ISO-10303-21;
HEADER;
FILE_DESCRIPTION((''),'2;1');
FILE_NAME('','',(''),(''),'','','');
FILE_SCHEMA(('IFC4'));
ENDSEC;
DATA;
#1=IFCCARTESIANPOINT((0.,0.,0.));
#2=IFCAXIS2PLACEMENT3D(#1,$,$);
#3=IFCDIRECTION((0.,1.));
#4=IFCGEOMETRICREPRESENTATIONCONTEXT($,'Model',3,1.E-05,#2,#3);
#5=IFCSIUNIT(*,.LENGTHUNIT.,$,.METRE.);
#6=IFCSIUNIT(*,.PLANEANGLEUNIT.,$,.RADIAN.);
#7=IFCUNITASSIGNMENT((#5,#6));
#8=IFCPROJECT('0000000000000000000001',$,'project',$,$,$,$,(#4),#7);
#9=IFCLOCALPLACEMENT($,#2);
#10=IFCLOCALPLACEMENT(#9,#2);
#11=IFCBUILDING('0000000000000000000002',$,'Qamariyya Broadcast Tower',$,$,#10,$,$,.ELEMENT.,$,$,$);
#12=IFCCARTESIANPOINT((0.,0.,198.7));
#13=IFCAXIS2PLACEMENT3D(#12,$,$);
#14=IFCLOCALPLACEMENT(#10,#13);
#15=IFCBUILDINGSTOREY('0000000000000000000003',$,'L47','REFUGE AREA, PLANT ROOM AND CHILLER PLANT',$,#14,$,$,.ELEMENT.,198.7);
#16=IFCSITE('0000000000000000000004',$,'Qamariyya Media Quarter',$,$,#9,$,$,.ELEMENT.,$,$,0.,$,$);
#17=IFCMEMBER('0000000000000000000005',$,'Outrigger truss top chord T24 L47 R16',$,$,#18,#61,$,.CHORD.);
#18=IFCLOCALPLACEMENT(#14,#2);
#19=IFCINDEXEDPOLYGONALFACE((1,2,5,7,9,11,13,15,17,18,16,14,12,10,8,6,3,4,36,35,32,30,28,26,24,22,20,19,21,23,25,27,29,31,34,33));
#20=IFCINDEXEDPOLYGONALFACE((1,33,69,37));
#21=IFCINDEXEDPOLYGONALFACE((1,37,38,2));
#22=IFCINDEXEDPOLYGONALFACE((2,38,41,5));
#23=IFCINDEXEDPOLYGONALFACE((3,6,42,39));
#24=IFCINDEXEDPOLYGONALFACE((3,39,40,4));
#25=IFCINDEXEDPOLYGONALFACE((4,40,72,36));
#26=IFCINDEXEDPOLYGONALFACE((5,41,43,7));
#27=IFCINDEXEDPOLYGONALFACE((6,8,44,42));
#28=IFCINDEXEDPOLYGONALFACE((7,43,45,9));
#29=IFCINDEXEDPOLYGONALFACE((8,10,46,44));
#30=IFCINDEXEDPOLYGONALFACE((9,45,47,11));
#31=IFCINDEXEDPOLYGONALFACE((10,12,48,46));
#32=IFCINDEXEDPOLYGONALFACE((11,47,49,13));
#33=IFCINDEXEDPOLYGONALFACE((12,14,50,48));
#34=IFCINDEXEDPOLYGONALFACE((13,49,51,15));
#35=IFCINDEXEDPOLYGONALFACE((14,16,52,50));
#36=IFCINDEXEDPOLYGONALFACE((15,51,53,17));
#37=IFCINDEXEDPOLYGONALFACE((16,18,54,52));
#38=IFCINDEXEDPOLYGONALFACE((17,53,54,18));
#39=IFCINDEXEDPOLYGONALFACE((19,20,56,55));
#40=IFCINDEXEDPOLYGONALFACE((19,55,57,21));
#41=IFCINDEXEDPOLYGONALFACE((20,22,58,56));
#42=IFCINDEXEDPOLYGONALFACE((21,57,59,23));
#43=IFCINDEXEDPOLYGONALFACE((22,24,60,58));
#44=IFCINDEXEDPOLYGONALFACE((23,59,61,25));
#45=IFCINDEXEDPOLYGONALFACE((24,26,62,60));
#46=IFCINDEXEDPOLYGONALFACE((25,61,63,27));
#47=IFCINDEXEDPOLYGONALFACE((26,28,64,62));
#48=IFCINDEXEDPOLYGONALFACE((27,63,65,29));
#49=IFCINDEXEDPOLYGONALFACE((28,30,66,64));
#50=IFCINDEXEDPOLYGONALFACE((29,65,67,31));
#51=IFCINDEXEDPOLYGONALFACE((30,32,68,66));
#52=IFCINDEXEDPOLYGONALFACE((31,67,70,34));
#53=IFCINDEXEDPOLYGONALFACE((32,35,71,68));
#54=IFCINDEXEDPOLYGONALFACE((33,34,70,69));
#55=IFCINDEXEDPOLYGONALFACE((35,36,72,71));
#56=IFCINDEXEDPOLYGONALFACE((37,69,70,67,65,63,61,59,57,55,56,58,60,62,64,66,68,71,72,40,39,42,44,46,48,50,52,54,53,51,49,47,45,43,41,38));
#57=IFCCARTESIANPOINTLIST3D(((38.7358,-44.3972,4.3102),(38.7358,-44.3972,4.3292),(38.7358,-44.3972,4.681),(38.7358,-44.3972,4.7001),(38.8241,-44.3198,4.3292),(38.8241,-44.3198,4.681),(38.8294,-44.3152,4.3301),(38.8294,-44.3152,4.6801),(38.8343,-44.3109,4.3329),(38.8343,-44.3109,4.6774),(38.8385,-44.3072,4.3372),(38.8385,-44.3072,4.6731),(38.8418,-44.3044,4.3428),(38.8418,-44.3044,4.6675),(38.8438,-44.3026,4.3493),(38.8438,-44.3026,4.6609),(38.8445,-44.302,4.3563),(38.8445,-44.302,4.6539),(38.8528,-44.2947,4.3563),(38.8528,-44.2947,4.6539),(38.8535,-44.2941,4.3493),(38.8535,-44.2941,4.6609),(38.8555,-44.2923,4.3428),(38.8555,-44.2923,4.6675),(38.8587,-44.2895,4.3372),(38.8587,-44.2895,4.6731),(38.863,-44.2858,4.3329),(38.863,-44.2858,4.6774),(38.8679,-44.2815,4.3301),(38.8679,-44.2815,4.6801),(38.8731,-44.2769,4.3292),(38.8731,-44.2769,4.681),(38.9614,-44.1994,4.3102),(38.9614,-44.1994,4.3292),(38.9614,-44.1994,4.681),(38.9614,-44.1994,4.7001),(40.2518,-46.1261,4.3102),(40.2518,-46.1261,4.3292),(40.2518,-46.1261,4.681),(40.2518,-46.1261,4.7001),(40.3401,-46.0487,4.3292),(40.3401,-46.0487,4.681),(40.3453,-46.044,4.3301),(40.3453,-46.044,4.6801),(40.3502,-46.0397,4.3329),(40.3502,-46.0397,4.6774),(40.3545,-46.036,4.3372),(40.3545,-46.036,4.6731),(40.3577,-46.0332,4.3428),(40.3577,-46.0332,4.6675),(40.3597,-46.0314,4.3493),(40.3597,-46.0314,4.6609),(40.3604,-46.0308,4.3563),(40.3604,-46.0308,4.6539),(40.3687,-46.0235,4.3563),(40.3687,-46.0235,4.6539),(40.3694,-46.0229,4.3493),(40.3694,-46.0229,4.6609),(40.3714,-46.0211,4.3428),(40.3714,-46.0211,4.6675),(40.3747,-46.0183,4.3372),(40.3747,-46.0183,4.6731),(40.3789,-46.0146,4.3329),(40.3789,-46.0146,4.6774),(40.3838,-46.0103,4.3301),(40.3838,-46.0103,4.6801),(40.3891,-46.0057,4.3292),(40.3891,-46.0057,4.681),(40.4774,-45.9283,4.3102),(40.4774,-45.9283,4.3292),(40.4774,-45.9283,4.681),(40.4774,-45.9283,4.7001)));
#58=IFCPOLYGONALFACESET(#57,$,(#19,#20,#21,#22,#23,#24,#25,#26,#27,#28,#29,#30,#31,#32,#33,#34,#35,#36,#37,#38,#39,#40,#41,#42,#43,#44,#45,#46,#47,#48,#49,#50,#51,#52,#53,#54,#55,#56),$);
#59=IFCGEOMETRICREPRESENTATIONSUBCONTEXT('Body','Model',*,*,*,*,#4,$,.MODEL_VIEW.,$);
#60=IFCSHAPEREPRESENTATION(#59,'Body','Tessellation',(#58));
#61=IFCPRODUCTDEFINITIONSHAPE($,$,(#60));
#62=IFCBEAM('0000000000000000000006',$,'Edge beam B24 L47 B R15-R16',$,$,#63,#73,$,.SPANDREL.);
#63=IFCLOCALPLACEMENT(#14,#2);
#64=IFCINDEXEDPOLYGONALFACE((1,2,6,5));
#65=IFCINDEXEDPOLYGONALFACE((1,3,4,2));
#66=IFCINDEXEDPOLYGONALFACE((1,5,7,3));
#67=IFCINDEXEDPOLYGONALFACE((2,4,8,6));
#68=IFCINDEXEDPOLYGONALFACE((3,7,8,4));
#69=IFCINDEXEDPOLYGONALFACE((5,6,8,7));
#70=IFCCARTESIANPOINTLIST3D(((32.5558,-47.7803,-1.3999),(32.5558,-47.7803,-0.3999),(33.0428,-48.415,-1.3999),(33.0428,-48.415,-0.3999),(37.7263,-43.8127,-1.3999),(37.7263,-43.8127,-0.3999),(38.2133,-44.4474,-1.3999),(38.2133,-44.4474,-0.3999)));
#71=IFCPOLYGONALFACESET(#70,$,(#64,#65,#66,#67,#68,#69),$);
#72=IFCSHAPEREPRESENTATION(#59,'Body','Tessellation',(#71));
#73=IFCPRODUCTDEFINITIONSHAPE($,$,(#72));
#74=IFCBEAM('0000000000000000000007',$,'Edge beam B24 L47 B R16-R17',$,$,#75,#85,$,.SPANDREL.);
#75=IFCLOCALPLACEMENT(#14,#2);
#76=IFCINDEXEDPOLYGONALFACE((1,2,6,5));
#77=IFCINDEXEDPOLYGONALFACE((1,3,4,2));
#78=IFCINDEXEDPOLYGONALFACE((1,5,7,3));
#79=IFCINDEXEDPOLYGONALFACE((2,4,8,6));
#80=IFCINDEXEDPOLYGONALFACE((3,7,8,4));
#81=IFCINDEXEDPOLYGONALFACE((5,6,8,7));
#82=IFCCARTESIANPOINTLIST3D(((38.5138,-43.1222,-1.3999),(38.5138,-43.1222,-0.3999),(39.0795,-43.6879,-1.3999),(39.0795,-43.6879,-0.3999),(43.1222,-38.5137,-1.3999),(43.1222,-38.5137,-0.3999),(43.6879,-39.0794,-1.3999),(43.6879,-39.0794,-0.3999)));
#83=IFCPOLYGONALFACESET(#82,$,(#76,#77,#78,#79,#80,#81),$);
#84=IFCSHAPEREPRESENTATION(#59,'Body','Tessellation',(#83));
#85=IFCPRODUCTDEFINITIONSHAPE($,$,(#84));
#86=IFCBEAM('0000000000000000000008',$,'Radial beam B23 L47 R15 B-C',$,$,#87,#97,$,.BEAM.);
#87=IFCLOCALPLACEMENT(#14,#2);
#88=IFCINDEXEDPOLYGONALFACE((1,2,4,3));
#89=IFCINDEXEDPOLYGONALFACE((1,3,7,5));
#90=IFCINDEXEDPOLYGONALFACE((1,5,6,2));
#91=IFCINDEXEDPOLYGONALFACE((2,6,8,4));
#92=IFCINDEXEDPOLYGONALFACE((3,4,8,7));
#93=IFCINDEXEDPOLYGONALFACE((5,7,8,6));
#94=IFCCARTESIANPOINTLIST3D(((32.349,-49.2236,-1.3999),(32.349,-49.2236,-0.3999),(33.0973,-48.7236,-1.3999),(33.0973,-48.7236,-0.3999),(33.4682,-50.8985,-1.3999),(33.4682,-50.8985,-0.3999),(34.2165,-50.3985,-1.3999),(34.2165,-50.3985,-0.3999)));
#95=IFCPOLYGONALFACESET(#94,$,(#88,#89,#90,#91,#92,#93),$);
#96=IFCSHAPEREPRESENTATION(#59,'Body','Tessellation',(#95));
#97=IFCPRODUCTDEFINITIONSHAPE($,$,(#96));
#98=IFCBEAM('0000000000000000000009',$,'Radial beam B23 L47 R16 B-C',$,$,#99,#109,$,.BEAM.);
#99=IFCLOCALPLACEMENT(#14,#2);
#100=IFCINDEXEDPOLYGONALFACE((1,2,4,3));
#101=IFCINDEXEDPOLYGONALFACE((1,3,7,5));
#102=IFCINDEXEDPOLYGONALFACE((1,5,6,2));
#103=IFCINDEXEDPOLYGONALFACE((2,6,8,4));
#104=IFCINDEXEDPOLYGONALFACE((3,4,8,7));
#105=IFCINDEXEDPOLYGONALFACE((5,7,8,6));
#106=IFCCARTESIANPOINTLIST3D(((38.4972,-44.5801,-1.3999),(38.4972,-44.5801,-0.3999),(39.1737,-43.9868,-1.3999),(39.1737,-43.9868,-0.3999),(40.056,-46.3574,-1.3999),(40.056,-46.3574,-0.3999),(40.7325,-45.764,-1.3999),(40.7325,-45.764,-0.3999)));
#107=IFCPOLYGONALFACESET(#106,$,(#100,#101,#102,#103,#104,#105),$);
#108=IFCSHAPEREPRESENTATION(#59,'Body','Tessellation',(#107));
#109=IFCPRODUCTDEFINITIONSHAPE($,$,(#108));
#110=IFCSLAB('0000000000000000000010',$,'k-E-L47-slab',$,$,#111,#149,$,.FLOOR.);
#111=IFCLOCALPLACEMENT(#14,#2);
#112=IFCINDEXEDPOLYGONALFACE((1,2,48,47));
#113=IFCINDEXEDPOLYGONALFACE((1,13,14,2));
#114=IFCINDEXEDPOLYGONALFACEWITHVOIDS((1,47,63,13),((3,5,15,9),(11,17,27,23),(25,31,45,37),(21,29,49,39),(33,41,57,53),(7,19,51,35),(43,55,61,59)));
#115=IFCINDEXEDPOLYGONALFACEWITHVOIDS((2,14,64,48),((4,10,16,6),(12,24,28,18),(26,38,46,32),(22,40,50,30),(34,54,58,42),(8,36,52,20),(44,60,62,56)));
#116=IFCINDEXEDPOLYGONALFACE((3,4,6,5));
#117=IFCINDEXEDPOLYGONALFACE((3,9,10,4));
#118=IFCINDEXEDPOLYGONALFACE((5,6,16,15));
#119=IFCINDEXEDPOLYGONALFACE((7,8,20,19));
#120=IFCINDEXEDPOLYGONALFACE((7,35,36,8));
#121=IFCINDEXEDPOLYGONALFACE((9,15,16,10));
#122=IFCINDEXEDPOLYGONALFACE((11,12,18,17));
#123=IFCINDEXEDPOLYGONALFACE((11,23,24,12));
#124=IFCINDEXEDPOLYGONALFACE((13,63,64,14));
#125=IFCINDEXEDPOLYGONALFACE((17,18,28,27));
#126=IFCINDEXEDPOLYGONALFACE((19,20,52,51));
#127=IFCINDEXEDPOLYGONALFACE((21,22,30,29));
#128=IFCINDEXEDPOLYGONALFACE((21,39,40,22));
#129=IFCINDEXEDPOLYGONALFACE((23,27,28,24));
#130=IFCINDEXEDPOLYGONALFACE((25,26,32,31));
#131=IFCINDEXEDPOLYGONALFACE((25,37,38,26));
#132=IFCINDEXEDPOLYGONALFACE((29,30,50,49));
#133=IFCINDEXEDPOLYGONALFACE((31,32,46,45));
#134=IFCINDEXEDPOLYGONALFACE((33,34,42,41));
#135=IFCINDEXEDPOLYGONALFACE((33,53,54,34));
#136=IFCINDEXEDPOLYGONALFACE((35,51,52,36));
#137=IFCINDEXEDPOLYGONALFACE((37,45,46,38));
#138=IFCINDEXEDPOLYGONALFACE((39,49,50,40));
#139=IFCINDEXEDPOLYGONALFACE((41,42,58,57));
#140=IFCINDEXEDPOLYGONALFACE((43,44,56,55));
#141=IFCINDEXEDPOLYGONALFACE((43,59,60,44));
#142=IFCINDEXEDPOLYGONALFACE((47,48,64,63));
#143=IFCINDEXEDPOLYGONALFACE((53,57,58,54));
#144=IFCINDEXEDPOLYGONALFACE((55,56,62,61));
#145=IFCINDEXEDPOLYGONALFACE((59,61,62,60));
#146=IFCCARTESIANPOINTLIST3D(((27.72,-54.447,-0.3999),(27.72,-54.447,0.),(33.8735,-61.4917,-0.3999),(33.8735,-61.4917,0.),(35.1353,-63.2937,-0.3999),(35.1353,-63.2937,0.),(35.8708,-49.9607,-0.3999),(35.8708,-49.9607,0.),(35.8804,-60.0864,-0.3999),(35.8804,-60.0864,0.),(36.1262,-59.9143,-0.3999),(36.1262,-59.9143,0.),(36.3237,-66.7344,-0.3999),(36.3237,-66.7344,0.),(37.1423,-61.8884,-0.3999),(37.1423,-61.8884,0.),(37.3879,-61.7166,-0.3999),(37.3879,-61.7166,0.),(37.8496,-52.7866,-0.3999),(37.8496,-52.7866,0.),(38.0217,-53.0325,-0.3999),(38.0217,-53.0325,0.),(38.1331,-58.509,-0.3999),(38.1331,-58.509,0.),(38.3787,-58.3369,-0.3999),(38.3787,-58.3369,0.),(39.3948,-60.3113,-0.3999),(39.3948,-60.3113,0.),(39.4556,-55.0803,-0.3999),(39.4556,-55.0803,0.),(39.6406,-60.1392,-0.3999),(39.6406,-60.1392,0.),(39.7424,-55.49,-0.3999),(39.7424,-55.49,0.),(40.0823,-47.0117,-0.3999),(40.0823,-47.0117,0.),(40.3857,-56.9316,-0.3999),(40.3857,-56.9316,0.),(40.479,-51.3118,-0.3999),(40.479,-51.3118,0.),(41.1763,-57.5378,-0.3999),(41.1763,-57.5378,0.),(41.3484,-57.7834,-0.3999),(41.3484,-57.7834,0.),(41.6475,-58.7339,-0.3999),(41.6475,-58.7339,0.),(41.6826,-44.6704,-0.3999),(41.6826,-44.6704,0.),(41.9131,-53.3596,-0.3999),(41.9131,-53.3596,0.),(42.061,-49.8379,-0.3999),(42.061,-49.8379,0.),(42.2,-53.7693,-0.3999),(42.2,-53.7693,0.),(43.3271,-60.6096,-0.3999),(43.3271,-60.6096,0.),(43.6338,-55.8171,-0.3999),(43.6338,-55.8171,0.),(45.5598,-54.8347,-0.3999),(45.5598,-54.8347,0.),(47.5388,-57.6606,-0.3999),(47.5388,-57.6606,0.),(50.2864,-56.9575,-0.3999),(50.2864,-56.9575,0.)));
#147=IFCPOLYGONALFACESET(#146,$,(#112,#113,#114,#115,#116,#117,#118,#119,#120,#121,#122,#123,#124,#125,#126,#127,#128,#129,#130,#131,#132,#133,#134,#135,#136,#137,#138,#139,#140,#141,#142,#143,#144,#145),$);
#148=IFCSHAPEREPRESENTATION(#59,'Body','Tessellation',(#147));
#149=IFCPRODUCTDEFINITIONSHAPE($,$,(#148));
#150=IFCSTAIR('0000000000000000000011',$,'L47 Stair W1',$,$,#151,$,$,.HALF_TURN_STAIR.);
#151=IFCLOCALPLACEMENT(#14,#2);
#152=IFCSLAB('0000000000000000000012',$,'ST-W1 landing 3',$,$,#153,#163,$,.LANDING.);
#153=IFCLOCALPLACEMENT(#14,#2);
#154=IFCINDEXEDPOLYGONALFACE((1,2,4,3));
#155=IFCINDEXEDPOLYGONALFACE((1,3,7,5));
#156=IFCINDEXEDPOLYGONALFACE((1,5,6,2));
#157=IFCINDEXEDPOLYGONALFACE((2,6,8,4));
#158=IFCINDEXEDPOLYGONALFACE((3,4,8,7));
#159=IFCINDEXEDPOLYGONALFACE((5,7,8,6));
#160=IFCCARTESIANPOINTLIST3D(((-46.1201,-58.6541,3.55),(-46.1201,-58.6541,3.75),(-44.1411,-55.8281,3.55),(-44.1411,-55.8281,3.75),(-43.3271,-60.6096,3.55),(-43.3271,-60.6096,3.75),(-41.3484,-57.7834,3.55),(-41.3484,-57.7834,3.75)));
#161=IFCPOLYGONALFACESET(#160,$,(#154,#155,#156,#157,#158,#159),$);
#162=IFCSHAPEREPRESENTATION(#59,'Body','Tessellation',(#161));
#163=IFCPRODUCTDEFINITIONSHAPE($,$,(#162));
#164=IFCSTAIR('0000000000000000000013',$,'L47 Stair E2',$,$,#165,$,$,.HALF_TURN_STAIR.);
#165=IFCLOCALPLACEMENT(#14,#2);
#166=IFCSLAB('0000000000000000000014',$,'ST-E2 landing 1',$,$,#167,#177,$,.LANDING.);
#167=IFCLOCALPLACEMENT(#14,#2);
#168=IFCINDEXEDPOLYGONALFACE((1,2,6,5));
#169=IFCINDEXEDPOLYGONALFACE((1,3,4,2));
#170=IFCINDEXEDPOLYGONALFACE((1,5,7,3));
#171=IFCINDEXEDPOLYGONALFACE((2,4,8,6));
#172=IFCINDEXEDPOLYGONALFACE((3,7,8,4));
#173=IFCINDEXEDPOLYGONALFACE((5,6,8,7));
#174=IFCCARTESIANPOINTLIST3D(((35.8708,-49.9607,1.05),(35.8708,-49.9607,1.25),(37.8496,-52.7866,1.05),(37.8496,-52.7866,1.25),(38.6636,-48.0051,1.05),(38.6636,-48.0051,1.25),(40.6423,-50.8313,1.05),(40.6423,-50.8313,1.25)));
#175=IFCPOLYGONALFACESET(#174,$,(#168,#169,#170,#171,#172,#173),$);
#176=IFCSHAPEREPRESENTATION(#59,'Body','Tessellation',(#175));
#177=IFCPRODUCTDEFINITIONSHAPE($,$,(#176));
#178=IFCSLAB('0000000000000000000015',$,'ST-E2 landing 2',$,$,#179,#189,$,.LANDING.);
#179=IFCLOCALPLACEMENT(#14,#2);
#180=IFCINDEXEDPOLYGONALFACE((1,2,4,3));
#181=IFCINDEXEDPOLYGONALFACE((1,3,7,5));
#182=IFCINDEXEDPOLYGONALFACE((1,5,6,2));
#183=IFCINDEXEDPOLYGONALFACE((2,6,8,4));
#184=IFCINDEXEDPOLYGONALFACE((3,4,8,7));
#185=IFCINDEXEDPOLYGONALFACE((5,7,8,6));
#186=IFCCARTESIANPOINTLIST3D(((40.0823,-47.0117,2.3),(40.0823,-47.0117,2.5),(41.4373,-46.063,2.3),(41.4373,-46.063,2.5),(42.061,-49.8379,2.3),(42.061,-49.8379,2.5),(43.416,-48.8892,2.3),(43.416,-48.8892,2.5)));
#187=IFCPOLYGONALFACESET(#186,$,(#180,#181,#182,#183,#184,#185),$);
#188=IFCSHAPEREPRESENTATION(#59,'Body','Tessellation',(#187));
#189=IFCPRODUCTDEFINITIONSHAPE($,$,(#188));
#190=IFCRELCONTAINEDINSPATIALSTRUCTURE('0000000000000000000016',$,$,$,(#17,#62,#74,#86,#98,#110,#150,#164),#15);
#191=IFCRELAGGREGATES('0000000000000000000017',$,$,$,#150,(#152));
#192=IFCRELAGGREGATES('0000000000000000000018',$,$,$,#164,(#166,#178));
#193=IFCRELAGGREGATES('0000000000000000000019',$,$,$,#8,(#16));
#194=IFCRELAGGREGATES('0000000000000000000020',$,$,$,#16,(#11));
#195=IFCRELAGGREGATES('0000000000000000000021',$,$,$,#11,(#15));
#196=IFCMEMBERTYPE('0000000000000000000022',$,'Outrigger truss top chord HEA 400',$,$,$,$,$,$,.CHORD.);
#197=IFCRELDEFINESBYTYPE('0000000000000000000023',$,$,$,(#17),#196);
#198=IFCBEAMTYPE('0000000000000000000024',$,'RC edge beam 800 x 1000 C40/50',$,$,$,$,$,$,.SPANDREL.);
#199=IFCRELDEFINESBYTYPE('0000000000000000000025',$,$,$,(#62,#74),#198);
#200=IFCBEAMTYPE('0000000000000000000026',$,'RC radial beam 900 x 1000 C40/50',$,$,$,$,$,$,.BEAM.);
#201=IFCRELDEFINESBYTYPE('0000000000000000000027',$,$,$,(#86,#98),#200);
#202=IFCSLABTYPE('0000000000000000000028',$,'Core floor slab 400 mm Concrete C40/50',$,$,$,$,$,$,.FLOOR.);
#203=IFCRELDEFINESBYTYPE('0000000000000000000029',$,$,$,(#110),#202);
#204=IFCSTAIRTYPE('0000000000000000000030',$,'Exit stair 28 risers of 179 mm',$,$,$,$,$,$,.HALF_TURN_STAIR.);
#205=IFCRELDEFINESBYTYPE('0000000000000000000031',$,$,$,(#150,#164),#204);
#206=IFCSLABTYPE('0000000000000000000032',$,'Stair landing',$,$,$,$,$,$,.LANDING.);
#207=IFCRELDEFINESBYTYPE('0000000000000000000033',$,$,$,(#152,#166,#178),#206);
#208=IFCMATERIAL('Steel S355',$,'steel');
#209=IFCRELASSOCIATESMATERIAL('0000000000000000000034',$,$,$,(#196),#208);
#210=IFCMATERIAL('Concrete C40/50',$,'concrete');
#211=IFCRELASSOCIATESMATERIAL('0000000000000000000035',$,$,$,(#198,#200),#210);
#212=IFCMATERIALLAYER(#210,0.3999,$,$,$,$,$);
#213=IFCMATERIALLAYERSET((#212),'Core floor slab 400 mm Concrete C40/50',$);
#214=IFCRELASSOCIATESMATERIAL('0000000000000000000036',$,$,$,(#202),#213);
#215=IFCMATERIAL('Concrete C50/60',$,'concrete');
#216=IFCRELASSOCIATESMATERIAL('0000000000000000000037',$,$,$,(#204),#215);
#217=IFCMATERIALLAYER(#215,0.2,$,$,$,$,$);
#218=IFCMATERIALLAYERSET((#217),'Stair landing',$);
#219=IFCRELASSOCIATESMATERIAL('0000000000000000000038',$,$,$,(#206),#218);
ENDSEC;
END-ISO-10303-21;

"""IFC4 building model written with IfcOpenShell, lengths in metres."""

from ifc_helpers import new_model, si_unit, direction, frame, origin, origin_2d, place, context, subcontext, project, spatial, polyline, rectangle, i_section, outline, extrude, material, layer, layer_set, material_profile, profile_set, type_object, element, aggregate, save


model = new_model("IFC4")

# Units and contexts
model_context = context("Model", 3, precision=1e-05, world=origin(), true_north=direction((0.0, 1.0)))
body_context = subcontext(model_context, "Body", "Model", "MODEL_VIEW")
ifc_project = project(units=[si_unit("LENGTHUNIT", "METRE"), si_unit("PLANEANGLEUNIT", "RADIAN")], contexts=[model_context])

# Site, building, storey
site_placement = place(None, origin())
site = spatial("IfcSite", under=ifc_project, at=site_placement, Name="Qamariyya Media Quarter", CompositionType="ELEMENT", RefElevation=0.0)
building_placement = place(site_placement, origin())
building = spatial("IfcBuilding", under=site, at=building_placement, Name="Qamariyya Broadcast Tower", CompositionType="ELEMENT")
storey_placement = place(building_placement, frame((0.0, 0.0, 198.7)))
storey = spatial("IfcBuildingStorey", under=building, at=storey_placement, Name="L47", Description="REFUGE AREA, PLANT ROOM AND CHILLER PLANT", CompositionType="ELEMENT", Elevation=198.7)

# Member
ifc_material_1 = material(Name="Steel S355", Category="steel")
ifc_material_profile_1 = material_profile(ifc_material_1, i_section(OverallWidth=0.3, OverallDepth=0.3899, WebThickness=0.011, FlangeThickness=0.019, FilletRadius=0.0271, at=origin_2d()))
ifc_profile_set_1 = profile_set([ifc_material_profile_1], Name="Steel S355")
member_type_1 = type_object("IfcMemberType", Name="Outrigger truss top chord HEA 400", PredefinedType="CHORD", material=ifc_profile_set_1)
member_placement = place(storey_placement, frame((38.8486, -44.2983, 4.5051), z_axis=(0.659294, -0.751886, 0.0), x_axis=(0.751886, 0.659294, 0.0)))
element("IfcMember", 1, at=member_placement, inside=storey, type_object=member_type_1, Name="Outrigger truss top chord T24 L47 R16", PredefinedType="CHORD", context=body_context, shape_type="SweptSolid", body=[
    extrude(i_section(OverallWidth=0.3, OverallDepth=0.3899, WebThickness=0.011, FlangeThickness=0.019, FilletRadius=0.0271, at=origin_2d()), origin(), (0.0, 0.0, 1.0), 2.2993),
])

# Beams
ifc_material_2 = material(Name="Concrete C40/50", Category="concrete")
ifc_material_profile_2 = material_profile(ifc_material_2, rectangle(XDim=0.8, YDim=1.0, at=origin_2d()))
ifc_profile_set_2 = profile_set([ifc_material_profile_2], Name="Concrete C40/50")
beam_type_1 = type_object("IfcBeamType", Name="RC edge beam 800 x 1000 C40/50", PredefinedType="SPANDREL", material=ifc_profile_set_2)
for number, where, z_axis, x_axis, name in (
    (2, (32.7993, -48.0977, -0.8999), (0.793343, 0.608774, 0.0), (-0.608774, 0.793343, 0.0), "Edge beam B24 L47 B R15-R16"),
    (3, (38.7966, -43.405, -0.8999), (0.707107, 0.707107, 0.0), (-0.707107, 0.707107, 0.0), "Edge beam B24 L47 B R16-R17"),
):
    element("IfcBeam", number, at=place(storey_placement, frame(where, z_axis=z_axis, x_axis=x_axis)), inside=storey, type_object=beam_type_1, Name=name, PredefinedType="SPANDREL", context=body_context, shape_type="SweptSolid", body=[
        extrude(rectangle(XDim=0.8, YDim=1.0, at=origin_2d()), origin(), (0.0, 0.0, 1.0), 6.5173),
    ])
ifc_material_profile_3 = material_profile(ifc_material_2, rectangle(XDim=0.8999, YDim=1.0, at=origin_2d()))
ifc_profile_set_3 = profile_set([ifc_material_profile_3], Name="Concrete C40/50")
beam_type_2 = type_object("IfcBeamType", Name="RC radial beam 900 x 1000 C40/50", PredefinedType="BEAM", material=ifc_profile_set_3)
beam_1_placement = place(storey_placement, frame((32.7231, -48.9736, -0.8999), z_axis=(0.555595, -0.831453, 0.0), x_axis=(0.831453, 0.555595, 0.0)))
element("IfcBeam", 4, at=beam_1_placement, inside=storey, type_object=beam_type_2, Name="Radial beam B23 L47 R15 B-C", PredefinedType="BEAM", context=body_context, shape_type="SweptSolid", body=[
    extrude(rectangle(XDim=0.8999, YDim=1.0, at=origin_2d()), origin(), (0.0, 0.0, 1.0), 2.0144),
])
beam_2_placement = place(storey_placement, frame((38.8354, -44.2834, -0.8999), z_axis=(0.659382, -0.751809, 0.0), x_axis=(0.751809, 0.659382, 0.0)))
element("IfcBeam", 5, at=beam_2_placement, inside=storey, type_object=beam_type_2, Name="Radial beam B23 L47 R16 B-C", PredefinedType="BEAM", context=body_context, shape_type="SweptSolid", body=[
    extrude(rectangle(XDim=0.8999, YDim=1.0, at=origin_2d()), origin(), (0.0, 0.0, 1.0), 2.364),
])

# Slab
ifc_layer_1 = layer(ifc_material_2, 0.3999)
ifc_layer_set_1 = layer_set([ifc_layer_1], Name="Core floor slab 400 mm Concrete C40/50")
slab_type_1 = type_object("IfcSlabType", Name="Core floor slab 400 mm Concrete C40/50", PredefinedType="FLOOR", material=ifc_layer_set_1)
slab_1_placement = place(storey_placement, frame((0.0, 0.0, -0.3999)))
element("IfcSlab", 6, at=slab_1_placement, inside=storey, type_object=slab_type_1, Name="k-E-L47-slab", PredefinedType="FLOOR", context=body_context, shape_type="SweptSolid", body=[
    extrude(outline(polyline([(36.3237, -66.7344), (50.2864, -56.9575), (41.6826, -44.6704), (27.72, -54.447), (36.3237, -66.7344)]), holes=[polyline([(33.8735, -61.4917), (35.8804, -60.0864), (37.1423, -61.8884), (35.1353, -63.2937), (33.8735, -61.4917)]), polyline([(36.1262, -59.9143), (38.1331, -58.509), (39.3948, -60.3113), (37.3879, -61.7166), (36.1262, -59.9143)]), polyline([(38.3787, -58.3369), (40.3857, -56.9316), (41.6475, -58.7339), (39.6406, -60.1392), (38.3787, -58.3369)]), polyline([(39.7424, -55.49), (42.2, -53.7693), (43.6338, -55.8171), (41.1763, -57.5378), (39.7424, -55.49)]), polyline([(39.4556, -55.0803), (41.9131, -53.3596), (40.479, -51.3118), (38.0217, -53.0325), (39.4556, -55.0803)]), polyline([(40.0823, -47.0117), (35.8708, -49.9607), (37.8496, -52.7866), (42.061, -49.8379), (40.0823, -47.0117)]), polyline([(45.5598, -54.8347), (41.3484, -57.7834), (43.3271, -60.6096), (47.5388, -57.6606), (45.5598, -54.8347)])]), origin(), (0.0, 0.0, 1.0), 0.3999),
])

# Stair, slab
ifc_material_3 = material(Name="Concrete C50/60", Category="concrete")
stair_type = type_object("IfcStairType", Name="Exit stair 28 risers of 179 mm", PredefinedType="HALF_TURN_STAIR", material=ifc_material_3)
stair_1_placement = place(storey_placement, origin())
stair_1 = element("IfcStair", 7, at=stair_1_placement, inside=storey, type_object=stair_type, Name="L47 Stair W1", PredefinedType="HALF_TURN_STAIR")
ifc_layer_2 = layer(ifc_material_3, 0.2)
ifc_layer_set_2 = layer_set([ifc_layer_2], Name="Stair landing")
slab_type_2 = type_object("IfcSlabType", Name="Stair landing", PredefinedType="LANDING", material=ifc_layer_set_2)
slab_2_placement = place(storey_placement, frame((0.0, 0.0, 3.55)))
slab_2 = element("IfcSlab", 8, at=slab_2_placement, type_object=slab_type_2, Name="ST-W1 landing 3", PredefinedType="LANDING", context=body_context, shape_type="SweptSolid", body=[
    extrude(outline(polyline([(-46.1201, -58.6541), (-43.3271, -60.6096), (-41.3484, -57.7834), (-44.1411, -55.8281), (-46.1201, -58.6541)])), origin(), (0.0, 0.0, 1.0), 0.2),
])
aggregate(stair_1, [slab_2])

# Stair, slabs
stair_2_placement = place(storey_placement, origin())
stair_2 = element("IfcStair", 9, at=stair_2_placement, inside=storey, type_object=stair_type, Name="L47 Stair E2", PredefinedType="HALF_TURN_STAIR")
slab_3_placement = place(storey_placement, frame((0.0, 0.0, 1.05)))
slab_3 = element("IfcSlab", 10, at=slab_3_placement, type_object=slab_type_2, Name="ST-E2 landing 1", PredefinedType="LANDING", context=body_context, shape_type="SweptSolid", body=[
    extrude(outline(polyline([(38.6636, -48.0051), (35.8708, -49.9607), (37.8496, -52.7866), (40.6423, -50.8313), (38.6636, -48.0051)])), origin(), (0.0, 0.0, 1.0), 0.2),
])
slab_4_placement = place(storey_placement, frame((0.0, 0.0, 2.3)))
slab_4 = element("IfcSlab", 11, at=slab_4_placement, type_object=slab_type_2, Name="ST-E2 landing 2", PredefinedType="LANDING", context=body_context, shape_type="SweptSolid", body=[
    extrude(outline(polyline([(41.4373, -46.063), (40.0823, -47.0117), (42.061, -49.8379), (43.416, -48.8892), (41.4373, -46.063)])), origin(), (0.0, 0.0, 1.0), 0.2),
])
aggregate(stair_2, [slab_3, slab_4])

save(model, "model.ifc")
